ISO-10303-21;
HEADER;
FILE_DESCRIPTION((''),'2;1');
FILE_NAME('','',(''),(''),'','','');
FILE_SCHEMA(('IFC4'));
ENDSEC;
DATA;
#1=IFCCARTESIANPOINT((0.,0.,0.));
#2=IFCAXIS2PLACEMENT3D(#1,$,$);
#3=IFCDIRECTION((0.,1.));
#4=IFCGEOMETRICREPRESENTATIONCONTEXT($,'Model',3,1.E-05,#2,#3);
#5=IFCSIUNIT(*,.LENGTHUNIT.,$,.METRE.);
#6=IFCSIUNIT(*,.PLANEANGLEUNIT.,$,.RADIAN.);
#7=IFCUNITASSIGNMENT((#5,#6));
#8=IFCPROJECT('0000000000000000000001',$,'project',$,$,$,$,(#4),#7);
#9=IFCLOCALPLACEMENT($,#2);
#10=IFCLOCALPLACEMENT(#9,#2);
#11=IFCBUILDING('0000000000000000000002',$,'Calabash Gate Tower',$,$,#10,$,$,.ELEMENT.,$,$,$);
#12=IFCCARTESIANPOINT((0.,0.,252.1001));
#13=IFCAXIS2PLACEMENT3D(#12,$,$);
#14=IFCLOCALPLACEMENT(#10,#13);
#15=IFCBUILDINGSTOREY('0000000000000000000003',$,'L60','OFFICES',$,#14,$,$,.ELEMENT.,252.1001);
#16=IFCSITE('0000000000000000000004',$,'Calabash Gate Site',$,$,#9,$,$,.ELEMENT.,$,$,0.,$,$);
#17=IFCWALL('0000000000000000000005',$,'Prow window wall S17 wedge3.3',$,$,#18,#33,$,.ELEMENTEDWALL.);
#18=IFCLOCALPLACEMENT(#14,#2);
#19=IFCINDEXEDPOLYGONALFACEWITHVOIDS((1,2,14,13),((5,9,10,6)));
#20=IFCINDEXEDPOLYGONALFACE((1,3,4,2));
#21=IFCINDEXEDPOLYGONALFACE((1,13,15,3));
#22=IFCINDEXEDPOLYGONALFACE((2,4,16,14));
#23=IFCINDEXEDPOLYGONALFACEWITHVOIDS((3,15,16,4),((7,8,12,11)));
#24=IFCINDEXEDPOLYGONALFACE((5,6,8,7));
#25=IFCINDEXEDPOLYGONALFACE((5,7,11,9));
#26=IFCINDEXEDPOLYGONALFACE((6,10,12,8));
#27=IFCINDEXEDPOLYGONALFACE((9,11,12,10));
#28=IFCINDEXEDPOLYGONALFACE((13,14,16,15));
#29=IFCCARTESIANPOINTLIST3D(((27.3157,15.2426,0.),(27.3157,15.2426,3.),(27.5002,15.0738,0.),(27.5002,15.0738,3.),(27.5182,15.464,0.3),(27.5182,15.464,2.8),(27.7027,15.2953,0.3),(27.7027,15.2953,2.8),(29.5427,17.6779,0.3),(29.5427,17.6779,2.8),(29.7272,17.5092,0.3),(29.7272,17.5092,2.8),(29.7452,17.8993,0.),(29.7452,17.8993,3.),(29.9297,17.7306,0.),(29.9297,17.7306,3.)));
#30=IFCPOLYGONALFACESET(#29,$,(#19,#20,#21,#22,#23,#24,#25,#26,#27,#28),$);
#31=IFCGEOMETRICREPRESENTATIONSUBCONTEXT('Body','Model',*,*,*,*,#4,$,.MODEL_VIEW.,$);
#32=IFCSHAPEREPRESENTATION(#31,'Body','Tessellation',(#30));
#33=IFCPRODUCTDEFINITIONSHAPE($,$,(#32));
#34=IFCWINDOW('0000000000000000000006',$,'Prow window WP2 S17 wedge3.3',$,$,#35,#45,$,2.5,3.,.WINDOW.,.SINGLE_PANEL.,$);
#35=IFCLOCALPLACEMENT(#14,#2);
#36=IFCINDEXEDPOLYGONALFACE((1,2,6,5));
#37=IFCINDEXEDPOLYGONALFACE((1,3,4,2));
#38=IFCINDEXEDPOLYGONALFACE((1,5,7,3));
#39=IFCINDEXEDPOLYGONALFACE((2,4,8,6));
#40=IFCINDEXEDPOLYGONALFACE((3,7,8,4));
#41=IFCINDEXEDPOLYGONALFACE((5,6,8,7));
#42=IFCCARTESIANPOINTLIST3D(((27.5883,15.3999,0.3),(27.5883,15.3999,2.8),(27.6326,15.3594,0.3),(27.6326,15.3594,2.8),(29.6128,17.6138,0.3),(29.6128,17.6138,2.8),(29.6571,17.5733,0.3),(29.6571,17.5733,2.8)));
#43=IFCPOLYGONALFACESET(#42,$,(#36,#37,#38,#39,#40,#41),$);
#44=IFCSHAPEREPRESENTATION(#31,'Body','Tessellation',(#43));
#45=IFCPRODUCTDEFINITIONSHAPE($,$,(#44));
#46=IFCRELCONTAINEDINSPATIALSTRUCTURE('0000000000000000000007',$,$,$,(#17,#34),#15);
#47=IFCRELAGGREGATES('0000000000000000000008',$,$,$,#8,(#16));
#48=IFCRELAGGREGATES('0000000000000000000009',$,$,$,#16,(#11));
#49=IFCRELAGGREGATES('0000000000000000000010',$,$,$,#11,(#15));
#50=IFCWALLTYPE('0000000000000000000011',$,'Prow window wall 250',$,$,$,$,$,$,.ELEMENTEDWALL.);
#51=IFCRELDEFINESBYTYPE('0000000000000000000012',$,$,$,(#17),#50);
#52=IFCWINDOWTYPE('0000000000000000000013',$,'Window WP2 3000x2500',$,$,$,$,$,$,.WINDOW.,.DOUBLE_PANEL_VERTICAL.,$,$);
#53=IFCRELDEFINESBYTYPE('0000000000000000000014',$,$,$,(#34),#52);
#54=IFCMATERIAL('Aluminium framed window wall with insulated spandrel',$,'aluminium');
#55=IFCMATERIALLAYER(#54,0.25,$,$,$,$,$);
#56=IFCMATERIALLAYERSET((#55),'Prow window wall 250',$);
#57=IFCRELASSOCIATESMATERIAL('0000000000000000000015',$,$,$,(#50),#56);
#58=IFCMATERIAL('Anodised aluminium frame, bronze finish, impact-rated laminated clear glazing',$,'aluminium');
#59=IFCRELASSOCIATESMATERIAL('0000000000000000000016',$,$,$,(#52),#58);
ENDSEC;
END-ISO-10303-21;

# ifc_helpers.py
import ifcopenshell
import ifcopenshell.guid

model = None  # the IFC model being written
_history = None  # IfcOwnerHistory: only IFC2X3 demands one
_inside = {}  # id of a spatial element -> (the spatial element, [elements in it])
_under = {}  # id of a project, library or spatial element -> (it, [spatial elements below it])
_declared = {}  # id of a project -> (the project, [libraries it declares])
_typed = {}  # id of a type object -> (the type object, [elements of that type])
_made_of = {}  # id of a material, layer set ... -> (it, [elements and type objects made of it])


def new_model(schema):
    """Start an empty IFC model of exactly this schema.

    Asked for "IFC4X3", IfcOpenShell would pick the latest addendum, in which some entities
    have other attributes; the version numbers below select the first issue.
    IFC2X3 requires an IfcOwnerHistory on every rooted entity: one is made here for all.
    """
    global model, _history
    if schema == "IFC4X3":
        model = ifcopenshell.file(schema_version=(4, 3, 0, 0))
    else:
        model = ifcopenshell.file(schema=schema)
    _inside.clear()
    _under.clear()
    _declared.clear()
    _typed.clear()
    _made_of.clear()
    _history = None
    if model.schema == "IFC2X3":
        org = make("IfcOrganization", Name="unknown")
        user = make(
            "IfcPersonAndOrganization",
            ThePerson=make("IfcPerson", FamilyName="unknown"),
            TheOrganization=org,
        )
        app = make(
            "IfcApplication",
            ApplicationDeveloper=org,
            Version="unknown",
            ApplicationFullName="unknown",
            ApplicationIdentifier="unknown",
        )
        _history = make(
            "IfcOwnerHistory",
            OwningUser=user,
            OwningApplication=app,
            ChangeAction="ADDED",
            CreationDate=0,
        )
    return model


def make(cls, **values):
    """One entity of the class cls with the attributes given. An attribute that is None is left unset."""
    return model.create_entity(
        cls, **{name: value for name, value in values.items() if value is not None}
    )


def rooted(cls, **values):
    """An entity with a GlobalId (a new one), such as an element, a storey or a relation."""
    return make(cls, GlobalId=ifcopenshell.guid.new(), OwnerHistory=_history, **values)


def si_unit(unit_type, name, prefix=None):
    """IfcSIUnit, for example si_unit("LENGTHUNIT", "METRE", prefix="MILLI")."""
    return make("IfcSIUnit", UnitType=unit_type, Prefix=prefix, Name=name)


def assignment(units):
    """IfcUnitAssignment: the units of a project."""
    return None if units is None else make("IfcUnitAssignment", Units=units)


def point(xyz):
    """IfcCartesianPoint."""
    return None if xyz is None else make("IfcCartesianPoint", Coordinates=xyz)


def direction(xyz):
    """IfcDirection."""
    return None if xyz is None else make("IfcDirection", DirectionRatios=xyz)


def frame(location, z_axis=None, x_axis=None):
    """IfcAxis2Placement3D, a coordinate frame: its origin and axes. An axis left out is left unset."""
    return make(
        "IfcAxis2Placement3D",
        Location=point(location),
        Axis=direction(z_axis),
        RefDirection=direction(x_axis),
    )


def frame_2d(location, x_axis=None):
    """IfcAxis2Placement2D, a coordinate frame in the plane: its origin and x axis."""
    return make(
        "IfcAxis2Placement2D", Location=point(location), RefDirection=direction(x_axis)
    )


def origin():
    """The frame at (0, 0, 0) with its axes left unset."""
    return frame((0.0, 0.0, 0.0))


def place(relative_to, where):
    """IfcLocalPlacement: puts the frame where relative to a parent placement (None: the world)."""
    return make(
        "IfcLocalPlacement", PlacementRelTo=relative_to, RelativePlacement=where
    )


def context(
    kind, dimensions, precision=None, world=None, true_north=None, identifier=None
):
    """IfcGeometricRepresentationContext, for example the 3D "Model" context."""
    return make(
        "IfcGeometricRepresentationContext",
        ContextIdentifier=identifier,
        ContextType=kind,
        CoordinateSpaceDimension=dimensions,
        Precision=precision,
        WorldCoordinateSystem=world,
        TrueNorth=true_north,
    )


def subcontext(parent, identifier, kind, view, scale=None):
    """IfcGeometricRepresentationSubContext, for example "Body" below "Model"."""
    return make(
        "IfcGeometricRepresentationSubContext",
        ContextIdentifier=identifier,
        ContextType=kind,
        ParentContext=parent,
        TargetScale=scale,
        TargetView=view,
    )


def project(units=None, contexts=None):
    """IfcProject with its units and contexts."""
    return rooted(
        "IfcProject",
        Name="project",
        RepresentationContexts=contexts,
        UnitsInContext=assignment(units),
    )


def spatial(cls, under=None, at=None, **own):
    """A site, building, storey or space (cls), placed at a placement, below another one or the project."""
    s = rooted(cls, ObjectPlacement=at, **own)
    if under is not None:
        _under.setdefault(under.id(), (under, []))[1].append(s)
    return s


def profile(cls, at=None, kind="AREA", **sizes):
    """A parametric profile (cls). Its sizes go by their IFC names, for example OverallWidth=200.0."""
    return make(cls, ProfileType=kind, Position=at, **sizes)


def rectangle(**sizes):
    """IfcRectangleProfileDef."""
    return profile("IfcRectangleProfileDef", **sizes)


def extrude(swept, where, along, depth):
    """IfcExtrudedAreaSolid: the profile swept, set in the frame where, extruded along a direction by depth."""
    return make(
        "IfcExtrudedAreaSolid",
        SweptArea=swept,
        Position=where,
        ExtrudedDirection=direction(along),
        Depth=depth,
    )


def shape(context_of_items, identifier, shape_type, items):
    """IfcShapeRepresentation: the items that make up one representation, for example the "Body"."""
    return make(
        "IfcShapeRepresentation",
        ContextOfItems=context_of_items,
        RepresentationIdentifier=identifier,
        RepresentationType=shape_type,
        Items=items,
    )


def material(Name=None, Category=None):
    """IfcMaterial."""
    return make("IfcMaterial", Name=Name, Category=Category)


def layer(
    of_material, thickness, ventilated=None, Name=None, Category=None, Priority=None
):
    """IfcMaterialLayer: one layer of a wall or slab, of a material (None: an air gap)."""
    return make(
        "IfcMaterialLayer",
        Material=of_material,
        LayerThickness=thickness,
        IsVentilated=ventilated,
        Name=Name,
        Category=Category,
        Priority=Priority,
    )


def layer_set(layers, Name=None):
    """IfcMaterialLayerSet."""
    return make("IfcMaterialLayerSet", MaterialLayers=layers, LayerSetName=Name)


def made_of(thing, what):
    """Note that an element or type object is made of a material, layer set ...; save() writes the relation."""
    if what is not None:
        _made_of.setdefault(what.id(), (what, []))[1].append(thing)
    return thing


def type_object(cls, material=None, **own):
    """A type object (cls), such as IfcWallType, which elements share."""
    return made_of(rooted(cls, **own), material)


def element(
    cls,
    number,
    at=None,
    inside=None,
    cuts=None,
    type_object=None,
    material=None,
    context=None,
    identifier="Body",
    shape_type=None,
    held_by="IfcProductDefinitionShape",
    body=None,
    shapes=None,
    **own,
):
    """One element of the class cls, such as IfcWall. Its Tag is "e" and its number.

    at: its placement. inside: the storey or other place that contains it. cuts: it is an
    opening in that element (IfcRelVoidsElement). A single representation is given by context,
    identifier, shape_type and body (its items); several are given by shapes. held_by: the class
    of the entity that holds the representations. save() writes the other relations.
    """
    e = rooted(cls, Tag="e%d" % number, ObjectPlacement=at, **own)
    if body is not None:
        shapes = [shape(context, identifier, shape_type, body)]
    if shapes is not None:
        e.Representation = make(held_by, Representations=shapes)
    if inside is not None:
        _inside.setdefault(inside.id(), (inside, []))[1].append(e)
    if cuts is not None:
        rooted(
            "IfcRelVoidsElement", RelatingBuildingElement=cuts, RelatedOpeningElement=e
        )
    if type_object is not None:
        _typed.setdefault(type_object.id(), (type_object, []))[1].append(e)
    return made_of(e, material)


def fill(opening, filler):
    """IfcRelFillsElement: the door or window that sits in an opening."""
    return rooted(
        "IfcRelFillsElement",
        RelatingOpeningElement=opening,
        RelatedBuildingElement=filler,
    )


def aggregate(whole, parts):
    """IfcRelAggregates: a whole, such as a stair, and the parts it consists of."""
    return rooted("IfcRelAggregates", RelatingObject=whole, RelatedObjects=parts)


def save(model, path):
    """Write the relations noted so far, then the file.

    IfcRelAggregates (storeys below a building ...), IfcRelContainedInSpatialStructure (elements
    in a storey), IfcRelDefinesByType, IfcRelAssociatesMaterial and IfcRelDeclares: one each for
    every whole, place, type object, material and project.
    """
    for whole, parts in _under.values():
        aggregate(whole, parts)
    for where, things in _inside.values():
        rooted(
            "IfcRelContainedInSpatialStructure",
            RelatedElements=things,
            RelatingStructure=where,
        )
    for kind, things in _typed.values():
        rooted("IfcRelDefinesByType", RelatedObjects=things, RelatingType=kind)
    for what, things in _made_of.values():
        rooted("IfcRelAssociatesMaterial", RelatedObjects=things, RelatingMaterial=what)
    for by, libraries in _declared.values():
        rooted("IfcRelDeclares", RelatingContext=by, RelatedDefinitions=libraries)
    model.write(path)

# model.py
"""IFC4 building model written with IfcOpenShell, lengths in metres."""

from ifc_helpers import new_model, si_unit, direction, frame, frame_2d, origin, place, context, subcontext, project, spatial, rectangle, extrude, material, layer, layer_set, type_object, element, fill, save


model = new_model("IFC4")

# Units and contexts
model_context = context("Model", 3, precision=1e-05, world=origin(), true_north=direction((0.0, 1.0)))
body_context = subcontext(model_context, "Body", "Model", "MODEL_VIEW")
ifc_project = project(units=[si_unit("LENGTHUNIT", "METRE"), si_unit("PLANEANGLEUNIT", "RADIAN")], contexts=[model_context])

# Site, building, storey
site_placement = place(None, origin())
site = spatial("IfcSite", under=ifc_project, at=site_placement, Name="Calabash Gate Site", CompositionType="ELEMENT", RefElevation=0.0)
building_placement = place(site_placement, origin())
building = spatial("IfcBuilding", under=site, at=building_placement, Name="Calabash Gate Tower", CompositionType="ELEMENT")
storey_placement = place(building_placement, frame((0.0, 0.0, 252.1001)))
storey = spatial("IfcBuildingStorey", under=building, at=storey_placement, Name="L60", Description="OFFICES", CompositionType="ELEMENT", Elevation=252.1001)

# Wall, opening, window
ifc_material_1 = material(Name="Aluminium framed window wall with insulated spandrel", Category="aluminium")
ifc_layer_1 = layer(ifc_material_1, 0.25)
ifc_layer_set_1 = layer_set([ifc_layer_1], Name="Prow window wall 250")
wall_type_1 = type_object("IfcWallType", Name="Prow window wall 250", PredefinedType="ELEMENTEDWALL", material=ifc_layer_set_1)
ifc_material_2 = material(Name="Anodised aluminium frame, bronze finish, impact-rated laminated clear glazing", Category="aluminium")
window_type = type_object("IfcWindowType", Name="Window WP2 3000x2500", PartitioningType="DOUBLE_PANEL_VERTICAL", PredefinedType="WINDOW", material=ifc_material_2)
wall_1_placement = place(storey_placement, frame((27.408, 15.1582, 0.0), z_axis=(0.0, 0.0, 1.0), x_axis=(0.674834, 0.73797, 0.0)))
wall_1 = element("IfcWall", 1, at=wall_1_placement, inside=storey, type_object=wall_type_1, Name="Prow window wall S17 wedge3.3", PredefinedType="ELEMENTEDWALL", context=body_context, shape_type="SweptSolid", body=[
    extrude(rectangle(XDim=3.6001, YDim=0.25, at=frame_2d((1.8, 0.0))), origin(), (0.0, 0.0, 1.0), 3.0),
])
opening_1_placement = place(wall_1_placement, frame((0.3, 0.0, 0.3)))
opening_1 = element("IfcOpeningElement", 2, at=opening_1_placement, cuts=wall_1, PredefinedType="OPENING", context=body_context, shape_type="SweptSolid", body=[
    extrude(rectangle(XDim=3.0, YDim=2.5, at=frame_2d((1.5, 1.25))), frame((0.0, 0.135, 0.0), z_axis=(0.0, -1.0, 0.0), x_axis=(1.0, 0.0, 0.0)), (0.0, 0.0, 1.0), 0.27),
])
window_1_placement = place(opening_1_placement, origin())
window_1 = element("IfcWindow", 3, at=window_1_placement, inside=storey, type_object=window_type, Name="Prow window WP2 S17 wedge3.3", OverallHeight=2.5, OverallWidth=3.0, PartitioningType="SINGLE_PANEL", PredefinedType="WINDOW", context=body_context, shape_type="SweptSolid", body=[
    extrude(rectangle(XDim=3.0, YDim=2.5, at=frame_2d((1.5, 1.25))), frame((0.0, 0.03, 0.0), z_axis=(0.0, -1.0, 0.0), x_axis=(1.0, 0.0, 0.0)), (0.0, 0.0, 1.0), 0.0601),
])
fill(opening_1, window_1)

save(model, "model.ifc")
